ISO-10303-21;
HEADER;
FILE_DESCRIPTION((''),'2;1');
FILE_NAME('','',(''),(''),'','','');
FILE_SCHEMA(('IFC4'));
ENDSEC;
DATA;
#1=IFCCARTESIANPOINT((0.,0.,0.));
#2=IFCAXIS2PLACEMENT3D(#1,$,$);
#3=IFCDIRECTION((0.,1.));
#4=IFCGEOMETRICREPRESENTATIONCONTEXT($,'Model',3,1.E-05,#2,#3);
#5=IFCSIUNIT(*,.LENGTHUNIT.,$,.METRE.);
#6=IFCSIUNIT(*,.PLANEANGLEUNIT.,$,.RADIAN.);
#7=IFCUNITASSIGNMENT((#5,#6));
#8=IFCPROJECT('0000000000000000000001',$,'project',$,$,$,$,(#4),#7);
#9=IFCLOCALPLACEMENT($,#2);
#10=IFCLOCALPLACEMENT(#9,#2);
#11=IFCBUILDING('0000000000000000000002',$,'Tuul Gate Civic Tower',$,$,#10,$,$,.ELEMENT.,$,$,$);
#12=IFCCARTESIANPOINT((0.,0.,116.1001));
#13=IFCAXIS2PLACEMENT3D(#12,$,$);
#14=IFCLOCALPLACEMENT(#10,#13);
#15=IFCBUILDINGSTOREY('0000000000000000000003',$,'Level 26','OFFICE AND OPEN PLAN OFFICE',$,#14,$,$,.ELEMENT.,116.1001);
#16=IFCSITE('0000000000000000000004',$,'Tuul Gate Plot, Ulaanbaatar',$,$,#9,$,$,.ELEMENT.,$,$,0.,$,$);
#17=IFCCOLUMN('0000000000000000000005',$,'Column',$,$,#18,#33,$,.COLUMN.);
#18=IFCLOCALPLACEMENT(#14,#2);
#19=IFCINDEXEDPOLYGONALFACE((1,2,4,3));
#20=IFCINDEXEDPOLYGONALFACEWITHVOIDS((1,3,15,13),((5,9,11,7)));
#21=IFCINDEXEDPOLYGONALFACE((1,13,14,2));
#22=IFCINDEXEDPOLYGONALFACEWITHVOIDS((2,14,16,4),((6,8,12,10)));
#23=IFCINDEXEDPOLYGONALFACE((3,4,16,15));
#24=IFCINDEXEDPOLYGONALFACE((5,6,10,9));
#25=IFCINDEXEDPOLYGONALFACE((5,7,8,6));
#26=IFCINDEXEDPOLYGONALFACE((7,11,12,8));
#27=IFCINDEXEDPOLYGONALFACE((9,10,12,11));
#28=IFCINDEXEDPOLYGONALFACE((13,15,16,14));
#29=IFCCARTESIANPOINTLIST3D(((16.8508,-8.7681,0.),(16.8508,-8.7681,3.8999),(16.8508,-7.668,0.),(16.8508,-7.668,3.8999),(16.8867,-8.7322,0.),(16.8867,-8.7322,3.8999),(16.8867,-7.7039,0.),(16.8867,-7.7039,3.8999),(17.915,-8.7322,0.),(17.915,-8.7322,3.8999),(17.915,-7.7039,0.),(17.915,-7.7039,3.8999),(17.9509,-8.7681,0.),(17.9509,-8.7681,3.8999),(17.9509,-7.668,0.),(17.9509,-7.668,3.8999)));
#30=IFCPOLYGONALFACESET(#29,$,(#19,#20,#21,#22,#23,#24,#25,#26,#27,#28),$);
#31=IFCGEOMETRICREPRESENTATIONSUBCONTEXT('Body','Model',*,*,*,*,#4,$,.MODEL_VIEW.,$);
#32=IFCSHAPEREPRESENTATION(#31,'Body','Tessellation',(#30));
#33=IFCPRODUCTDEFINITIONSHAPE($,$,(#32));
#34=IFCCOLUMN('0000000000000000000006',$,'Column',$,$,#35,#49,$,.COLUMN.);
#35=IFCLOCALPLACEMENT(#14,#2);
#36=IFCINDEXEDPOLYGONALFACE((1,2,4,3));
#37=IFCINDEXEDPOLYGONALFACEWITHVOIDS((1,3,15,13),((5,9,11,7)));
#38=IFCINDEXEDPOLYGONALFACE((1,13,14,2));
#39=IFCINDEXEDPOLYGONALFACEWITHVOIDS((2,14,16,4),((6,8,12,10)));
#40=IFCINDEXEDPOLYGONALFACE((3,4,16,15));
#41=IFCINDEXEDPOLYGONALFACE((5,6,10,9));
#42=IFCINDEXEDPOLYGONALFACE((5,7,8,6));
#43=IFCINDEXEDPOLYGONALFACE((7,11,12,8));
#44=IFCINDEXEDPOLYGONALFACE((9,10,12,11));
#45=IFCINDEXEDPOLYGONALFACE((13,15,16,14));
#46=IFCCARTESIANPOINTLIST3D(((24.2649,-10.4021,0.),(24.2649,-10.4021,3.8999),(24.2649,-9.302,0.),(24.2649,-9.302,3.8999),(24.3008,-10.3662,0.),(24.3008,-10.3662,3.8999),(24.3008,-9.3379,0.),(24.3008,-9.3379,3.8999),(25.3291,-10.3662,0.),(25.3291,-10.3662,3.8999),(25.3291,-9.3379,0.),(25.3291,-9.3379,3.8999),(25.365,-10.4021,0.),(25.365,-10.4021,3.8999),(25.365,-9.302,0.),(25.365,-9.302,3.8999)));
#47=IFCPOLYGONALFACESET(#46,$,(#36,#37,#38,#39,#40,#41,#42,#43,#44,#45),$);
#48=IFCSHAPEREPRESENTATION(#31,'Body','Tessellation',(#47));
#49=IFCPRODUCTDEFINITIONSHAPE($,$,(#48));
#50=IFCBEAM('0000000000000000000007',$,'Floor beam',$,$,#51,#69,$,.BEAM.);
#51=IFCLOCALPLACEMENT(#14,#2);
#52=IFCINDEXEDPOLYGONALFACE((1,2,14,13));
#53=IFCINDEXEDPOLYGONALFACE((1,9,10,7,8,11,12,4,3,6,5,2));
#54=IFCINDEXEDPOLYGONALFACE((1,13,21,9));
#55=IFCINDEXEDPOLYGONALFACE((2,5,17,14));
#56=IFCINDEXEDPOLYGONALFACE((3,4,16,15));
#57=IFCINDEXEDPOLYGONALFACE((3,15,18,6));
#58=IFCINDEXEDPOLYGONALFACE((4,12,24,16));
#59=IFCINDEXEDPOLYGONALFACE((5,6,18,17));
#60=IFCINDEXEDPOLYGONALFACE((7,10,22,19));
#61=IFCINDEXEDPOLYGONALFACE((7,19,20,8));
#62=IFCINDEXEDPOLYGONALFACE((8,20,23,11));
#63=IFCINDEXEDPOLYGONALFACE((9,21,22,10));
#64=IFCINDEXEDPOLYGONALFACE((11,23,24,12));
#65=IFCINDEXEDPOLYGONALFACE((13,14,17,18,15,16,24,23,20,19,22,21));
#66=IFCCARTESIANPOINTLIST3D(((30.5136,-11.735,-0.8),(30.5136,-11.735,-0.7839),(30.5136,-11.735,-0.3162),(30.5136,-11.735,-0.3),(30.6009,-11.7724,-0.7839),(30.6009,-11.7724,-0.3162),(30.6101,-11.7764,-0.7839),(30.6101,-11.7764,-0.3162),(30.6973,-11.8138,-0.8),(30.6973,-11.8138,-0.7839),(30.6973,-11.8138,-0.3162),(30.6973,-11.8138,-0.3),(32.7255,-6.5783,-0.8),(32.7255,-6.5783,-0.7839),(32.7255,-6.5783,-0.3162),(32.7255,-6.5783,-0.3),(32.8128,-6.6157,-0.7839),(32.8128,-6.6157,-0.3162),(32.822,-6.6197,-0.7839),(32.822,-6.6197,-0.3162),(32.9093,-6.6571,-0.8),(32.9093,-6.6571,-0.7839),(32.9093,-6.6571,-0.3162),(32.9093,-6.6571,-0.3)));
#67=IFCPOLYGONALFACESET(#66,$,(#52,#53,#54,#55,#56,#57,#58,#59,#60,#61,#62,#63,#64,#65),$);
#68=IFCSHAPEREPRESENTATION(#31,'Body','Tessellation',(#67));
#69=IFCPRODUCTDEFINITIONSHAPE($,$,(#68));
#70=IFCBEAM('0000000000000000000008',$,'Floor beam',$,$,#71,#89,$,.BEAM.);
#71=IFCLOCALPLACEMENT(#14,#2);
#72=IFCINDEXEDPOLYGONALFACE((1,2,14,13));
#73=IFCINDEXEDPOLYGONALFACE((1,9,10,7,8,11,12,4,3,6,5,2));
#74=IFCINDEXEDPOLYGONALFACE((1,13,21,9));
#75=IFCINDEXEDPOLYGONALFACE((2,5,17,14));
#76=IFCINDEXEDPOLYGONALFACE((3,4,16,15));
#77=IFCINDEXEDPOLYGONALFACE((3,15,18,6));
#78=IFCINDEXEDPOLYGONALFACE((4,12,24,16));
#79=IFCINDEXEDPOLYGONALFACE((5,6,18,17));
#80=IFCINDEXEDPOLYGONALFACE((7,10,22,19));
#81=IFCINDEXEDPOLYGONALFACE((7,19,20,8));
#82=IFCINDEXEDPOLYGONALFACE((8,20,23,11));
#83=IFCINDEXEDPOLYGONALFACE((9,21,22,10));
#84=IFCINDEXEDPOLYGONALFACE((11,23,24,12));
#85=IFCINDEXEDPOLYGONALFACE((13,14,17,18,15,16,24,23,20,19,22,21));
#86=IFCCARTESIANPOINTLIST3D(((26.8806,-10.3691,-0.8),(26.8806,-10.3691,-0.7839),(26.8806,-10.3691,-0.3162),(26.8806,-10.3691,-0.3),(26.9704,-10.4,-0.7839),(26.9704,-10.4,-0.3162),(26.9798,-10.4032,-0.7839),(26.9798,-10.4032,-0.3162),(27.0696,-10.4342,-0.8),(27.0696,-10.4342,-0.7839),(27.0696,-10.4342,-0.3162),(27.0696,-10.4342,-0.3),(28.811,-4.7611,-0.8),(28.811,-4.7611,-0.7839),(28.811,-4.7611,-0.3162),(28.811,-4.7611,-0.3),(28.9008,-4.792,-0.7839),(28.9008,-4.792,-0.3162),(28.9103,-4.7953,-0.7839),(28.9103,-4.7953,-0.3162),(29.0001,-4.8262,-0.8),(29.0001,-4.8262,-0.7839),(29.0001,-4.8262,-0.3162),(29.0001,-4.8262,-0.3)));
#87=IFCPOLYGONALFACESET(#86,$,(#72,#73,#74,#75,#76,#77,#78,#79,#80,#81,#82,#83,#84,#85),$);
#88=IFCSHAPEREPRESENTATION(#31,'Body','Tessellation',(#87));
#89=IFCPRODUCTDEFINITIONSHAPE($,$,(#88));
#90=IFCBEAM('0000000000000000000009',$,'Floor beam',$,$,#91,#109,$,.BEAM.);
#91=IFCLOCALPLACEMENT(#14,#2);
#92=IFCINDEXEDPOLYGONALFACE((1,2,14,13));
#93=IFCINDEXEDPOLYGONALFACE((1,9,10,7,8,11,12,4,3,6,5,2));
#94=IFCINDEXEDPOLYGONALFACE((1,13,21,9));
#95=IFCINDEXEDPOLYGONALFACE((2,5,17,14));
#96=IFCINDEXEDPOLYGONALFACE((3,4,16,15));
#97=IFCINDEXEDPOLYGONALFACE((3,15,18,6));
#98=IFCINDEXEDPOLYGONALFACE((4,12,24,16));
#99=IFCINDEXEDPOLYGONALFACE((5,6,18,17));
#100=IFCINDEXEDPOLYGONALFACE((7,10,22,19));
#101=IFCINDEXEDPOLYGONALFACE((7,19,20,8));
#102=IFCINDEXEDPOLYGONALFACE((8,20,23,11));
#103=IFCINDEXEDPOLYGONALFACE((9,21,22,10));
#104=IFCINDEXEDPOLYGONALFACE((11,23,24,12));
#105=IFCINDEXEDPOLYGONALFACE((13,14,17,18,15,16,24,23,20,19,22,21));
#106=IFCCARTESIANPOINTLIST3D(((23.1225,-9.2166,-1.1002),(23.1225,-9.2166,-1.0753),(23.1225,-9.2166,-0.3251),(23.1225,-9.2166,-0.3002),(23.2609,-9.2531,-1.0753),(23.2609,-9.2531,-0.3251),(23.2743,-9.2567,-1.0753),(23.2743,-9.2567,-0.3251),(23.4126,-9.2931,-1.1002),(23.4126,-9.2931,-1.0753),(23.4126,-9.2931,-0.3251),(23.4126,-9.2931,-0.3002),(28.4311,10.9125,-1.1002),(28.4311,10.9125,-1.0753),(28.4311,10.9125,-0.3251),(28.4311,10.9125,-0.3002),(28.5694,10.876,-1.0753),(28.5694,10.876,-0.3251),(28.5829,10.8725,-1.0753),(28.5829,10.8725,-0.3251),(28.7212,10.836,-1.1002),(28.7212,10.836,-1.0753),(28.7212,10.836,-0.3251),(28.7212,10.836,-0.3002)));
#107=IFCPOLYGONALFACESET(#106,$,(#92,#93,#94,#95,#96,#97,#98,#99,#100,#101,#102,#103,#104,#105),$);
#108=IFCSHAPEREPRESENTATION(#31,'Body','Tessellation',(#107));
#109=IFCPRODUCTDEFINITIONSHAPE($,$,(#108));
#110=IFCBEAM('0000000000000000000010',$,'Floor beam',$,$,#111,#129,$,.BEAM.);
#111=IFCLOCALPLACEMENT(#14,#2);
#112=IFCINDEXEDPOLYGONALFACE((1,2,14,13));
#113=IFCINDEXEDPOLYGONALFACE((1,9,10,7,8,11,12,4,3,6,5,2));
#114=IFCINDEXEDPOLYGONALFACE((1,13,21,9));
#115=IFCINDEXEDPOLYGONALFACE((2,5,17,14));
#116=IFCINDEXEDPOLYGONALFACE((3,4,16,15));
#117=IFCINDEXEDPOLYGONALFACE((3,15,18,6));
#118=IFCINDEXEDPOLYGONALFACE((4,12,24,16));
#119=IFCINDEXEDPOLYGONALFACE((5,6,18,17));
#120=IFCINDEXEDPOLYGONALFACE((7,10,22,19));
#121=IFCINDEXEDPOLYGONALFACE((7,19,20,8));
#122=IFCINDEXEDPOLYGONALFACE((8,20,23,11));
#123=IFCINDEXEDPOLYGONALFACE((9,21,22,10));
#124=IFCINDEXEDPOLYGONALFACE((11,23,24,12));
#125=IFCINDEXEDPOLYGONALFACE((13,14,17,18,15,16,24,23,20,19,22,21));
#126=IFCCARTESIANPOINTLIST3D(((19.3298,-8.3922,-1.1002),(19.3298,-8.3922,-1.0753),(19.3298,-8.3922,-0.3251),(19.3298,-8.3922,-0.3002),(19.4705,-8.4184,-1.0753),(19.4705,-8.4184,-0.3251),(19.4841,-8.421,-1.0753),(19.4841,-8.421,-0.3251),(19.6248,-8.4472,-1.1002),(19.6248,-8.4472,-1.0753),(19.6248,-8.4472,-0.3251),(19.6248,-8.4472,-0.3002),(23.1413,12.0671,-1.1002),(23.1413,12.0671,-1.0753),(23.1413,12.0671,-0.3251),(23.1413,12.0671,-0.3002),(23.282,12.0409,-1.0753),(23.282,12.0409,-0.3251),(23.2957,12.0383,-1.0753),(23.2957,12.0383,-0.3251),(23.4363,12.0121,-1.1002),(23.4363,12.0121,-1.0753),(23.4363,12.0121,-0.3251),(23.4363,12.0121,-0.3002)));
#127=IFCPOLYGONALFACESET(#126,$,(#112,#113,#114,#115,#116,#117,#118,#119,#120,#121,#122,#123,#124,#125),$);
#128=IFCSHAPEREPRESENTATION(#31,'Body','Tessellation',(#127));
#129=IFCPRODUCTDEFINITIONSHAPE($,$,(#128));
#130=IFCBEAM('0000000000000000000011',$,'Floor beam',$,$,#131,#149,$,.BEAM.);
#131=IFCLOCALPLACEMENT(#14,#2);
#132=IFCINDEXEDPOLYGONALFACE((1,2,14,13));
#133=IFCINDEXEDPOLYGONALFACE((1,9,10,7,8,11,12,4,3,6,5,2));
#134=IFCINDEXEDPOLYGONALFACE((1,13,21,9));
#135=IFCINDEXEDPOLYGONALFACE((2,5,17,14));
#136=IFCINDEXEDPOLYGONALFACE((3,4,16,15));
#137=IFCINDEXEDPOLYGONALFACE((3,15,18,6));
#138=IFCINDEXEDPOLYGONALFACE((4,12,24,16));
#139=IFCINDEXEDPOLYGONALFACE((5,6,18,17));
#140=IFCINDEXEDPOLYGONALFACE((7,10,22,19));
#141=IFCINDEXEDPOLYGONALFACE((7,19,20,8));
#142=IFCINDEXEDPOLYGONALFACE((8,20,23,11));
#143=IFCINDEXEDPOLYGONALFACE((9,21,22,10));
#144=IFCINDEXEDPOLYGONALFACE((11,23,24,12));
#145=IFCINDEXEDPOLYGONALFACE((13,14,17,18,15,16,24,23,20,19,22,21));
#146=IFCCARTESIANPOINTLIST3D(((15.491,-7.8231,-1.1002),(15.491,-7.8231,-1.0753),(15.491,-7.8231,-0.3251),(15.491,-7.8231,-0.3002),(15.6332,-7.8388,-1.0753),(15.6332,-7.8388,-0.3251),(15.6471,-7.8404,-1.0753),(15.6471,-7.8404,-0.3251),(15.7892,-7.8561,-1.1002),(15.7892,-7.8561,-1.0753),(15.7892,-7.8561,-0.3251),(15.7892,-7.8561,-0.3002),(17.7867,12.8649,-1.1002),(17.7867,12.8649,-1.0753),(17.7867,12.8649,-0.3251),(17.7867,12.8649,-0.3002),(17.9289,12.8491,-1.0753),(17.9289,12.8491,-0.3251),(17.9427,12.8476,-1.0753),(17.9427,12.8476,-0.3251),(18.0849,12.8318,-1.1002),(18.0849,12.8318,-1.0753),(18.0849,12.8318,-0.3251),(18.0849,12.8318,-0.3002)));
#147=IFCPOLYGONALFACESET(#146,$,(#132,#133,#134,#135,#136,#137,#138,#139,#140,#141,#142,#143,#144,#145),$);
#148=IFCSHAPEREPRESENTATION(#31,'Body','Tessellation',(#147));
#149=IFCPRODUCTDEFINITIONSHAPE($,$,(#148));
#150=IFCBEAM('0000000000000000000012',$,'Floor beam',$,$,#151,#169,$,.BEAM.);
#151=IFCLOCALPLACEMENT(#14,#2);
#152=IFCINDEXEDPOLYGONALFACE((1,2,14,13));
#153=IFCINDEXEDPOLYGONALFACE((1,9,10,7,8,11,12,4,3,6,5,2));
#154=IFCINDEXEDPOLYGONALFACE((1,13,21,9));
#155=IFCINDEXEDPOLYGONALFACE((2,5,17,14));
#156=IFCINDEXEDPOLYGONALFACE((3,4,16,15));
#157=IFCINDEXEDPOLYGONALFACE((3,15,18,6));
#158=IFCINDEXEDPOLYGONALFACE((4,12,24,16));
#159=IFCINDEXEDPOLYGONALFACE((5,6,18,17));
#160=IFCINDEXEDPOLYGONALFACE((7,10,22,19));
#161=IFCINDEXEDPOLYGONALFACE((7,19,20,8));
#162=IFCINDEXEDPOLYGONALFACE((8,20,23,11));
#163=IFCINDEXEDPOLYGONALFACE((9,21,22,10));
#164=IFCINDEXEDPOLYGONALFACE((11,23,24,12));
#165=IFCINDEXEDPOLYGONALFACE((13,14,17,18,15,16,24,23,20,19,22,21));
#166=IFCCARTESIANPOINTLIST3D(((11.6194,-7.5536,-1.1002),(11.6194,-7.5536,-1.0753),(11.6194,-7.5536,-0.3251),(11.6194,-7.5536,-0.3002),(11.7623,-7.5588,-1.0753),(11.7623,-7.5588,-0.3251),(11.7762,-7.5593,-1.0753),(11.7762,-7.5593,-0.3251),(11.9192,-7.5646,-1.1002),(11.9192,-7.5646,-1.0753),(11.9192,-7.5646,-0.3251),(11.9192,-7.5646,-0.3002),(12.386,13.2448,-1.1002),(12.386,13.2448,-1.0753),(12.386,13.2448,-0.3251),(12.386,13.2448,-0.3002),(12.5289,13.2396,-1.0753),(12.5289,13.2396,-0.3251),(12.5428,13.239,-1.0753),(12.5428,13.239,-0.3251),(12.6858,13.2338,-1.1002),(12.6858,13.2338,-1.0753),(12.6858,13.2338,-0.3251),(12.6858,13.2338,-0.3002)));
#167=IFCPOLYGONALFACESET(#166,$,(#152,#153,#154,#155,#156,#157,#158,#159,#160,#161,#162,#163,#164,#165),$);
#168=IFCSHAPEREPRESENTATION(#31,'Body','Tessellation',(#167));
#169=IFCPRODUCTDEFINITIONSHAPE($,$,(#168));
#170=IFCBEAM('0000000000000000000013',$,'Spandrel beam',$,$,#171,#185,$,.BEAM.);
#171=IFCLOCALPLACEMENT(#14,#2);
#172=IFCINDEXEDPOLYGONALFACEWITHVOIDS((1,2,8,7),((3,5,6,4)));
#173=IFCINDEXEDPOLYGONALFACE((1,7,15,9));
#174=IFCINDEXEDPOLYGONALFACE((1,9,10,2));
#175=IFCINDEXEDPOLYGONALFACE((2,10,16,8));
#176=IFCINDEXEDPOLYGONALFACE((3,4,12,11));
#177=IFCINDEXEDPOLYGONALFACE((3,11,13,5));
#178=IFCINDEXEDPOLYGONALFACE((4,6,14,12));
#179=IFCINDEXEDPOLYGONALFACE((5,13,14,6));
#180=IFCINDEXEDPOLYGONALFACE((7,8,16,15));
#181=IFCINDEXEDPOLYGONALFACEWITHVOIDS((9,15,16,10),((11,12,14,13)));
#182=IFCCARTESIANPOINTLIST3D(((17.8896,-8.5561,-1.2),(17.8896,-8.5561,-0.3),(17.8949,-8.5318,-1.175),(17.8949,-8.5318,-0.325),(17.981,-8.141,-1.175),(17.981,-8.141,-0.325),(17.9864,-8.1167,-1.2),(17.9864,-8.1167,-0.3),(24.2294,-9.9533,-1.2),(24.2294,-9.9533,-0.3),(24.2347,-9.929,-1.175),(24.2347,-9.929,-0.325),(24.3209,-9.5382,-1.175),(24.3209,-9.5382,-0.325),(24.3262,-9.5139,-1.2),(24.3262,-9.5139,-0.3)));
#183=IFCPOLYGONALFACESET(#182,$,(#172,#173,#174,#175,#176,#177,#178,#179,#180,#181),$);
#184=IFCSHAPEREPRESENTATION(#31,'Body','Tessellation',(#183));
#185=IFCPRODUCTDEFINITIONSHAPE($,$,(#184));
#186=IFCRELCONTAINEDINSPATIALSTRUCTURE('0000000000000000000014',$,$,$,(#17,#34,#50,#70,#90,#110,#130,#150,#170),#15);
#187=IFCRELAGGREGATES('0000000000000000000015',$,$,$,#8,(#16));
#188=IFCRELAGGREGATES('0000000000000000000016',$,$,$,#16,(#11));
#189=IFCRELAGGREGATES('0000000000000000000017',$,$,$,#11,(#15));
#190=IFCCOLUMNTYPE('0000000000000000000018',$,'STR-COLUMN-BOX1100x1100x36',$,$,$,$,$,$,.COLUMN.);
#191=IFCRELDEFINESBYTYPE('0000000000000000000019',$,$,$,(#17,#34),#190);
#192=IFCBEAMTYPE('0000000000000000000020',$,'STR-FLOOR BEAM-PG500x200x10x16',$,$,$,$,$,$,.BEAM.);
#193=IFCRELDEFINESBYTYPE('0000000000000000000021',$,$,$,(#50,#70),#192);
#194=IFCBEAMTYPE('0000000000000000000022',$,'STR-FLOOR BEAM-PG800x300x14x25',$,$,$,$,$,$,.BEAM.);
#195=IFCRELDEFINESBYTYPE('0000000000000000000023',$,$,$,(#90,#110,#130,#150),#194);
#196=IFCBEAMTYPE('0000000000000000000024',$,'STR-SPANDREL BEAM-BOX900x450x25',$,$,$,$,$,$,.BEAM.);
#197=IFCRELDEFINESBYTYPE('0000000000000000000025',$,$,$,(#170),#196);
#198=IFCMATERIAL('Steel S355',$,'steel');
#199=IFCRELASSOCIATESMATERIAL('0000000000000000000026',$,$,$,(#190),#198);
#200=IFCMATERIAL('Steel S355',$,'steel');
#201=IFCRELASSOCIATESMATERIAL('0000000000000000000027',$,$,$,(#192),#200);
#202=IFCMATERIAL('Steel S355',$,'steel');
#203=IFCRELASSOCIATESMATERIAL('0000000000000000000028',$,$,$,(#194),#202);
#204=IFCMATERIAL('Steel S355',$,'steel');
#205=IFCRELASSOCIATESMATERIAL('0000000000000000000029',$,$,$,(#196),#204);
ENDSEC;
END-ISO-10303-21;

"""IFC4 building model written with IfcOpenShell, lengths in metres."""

from ifc_helpers import new_model, si_unit, direction, frame, origin, origin_2d, place, context, subcontext, project, spatial, hollow_rectangle, i_section, extrude, material, material_profile, profile_set, type_object, element, save


model = new_model("IFC4")

# Units and contexts
model_context = context("Model", 3, precision=1e-05, world=origin(), true_north=direction((0.0, 1.0)))
body_context = subcontext(model_context, "Body", "Model", "MODEL_VIEW")
ifc_project = project(units=[si_unit("LENGTHUNIT", "METRE"), si_unit("PLANEANGLEUNIT", "RADIAN")], contexts=[model_context])

# Site, building, storey
site_placement = place(None, origin())
site = spatial("IfcSite", under=ifc_project, at=site_placement, Name="Tuul Gate Plot, Ulaanbaatar", CompositionType="ELEMENT", RefElevation=0.0)
building_placement = place(site_placement, origin())
building = spatial("IfcBuilding", under=site, at=building_placement, Name="Tuul Gate Civic Tower", CompositionType="ELEMENT")
storey_placement = place(building_placement, frame((0.0, 0.0, 116.1001)))
storey = spatial("IfcBuildingStorey", under=building, at=storey_placement, Name="Level 26", Description="OFFICE AND OPEN PLAN OFFICE", CompositionType="ELEMENT", Elevation=116.1001)

# Columns
ifc_material_1 = material(Name="Steel S355", Category="steel")
ifc_material_profile_1 = material_profile(ifc_material_1, hollow_rectangle(XDim=1.1001, YDim=1.1001, WallThickness=0.0359, at=origin_2d()), Name="BOX1100x1100x36")
ifc_profile_set_1 = profile_set([ifc_material_profile_1], Name="Steel S355")
column_type = type_object("IfcColumnType", Name="STR-COLUMN-BOX1100x1100x36", PredefinedType="COLUMN", material=ifc_profile_set_1)
for number, where, z_axis, x_axis, name in (
    (1, (17.4009, -8.218, 0.0), (0.0, 0.0, 1.0), (1.0, 0.0, 0.0), "Column"),
    (2, (24.8149, -9.8521, 0.0), (0.0, 0.0, 1.0), (1.0, 0.0, 0.0), "Column"),
):
    element("IfcColumn", number, at=place(storey_placement, frame(where, z_axis=z_axis, x_axis=x_axis)), inside=storey, type_object=column_type, Name=name, PredefinedType="COLUMN", context=body_context, shape_type="SweptSolid", body=[
        extrude(hollow_rectangle(XDim=1.1001, YDim=1.1001, WallThickness=0.0359, at=origin_2d()), origin(), (0.0, 0.0, 1.0), 3.8999),
    ])

# Beams
ifc_material_2 = material(Name="Steel S355", Category="steel")
ifc_material_profile_2 = material_profile(ifc_material_2, i_section(OverallWidth=0.2, OverallDepth=0.5, WebThickness=0.01, FlangeThickness=0.0161, at=origin_2d()), Name="PG500x200x10x16")
ifc_profile_set_2 = profile_set([ifc_material_profile_2], Name="Steel S355")
beam_type_1 = type_object("IfcBeamType", Name="STR-FLOOR BEAM-PG500x200x10x16", PredefinedType="BEAM", material=ifc_profile_set_2)
beam_1_placement = place(storey_placement, frame((30.6055, -11.7744, -0.55), z_axis=(0.394203, 0.919023, 0.0), x_axis=(-0.919023, 0.394203, 0.0)))
element("IfcBeam", 3, at=beam_1_placement, inside=storey, type_object=beam_type_1, Name="Floor beam", PredefinedType="BEAM", context=body_context, shape_type="SweptSolid", body=[
    extrude(i_section(OverallWidth=0.2, OverallDepth=0.5, WebThickness=0.01, FlangeThickness=0.0161, at=origin_2d()), origin(), (0.0, 0.0, 1.0), 5.6111),
])
beam_2_placement = place(storey_placement, frame((26.9751, -10.4016, -0.55), z_axis=(0.325487, 0.945547, 0.0), x_axis=(-0.945547, 0.325487, 0.0)))
element("IfcBeam", 4, at=beam_2_placement, inside=storey, type_object=beam_type_1, Name="Floor beam", PredefinedType="BEAM", context=body_context, shape_type="SweptSolid", body=[
    extrude(i_section(OverallWidth=0.2, OverallDepth=0.5, WebThickness=0.01, FlangeThickness=0.0161, at=origin_2d()), origin(), (0.0, 0.0, 1.0), 5.9309),
])
ifc_material_3 = material(Name="Steel S355", Category="steel")
ifc_material_profile_3 = material_profile(ifc_material_3, i_section(OverallWidth=0.3, OverallDepth=0.8, WebThickness=0.0139, FlangeThickness=0.0249, at=origin_2d()), Name="PG800x300x14x25")
ifc_profile_set_3 = profile_set([ifc_material_profile_3], Name="Steel S355")
beam_type_2 = type_object("IfcBeamType", Name="STR-FLOOR BEAM-PG800x300x14x25", PredefinedType="BEAM", material=ifc_profile_set_3)
beam_3_placement = place(storey_placement, frame((23.2676, -9.2549, -0.7002), z_axis=(0.255008, 0.966939, 0.0), x_axis=(-0.966939, 0.255008, 0.0)))
element("IfcBeam", 5, at=beam_3_placement, inside=storey, type_object=beam_type_2, Name="Floor beam", PredefinedType="BEAM", context=body_context, shape_type="SweptSolid", body=[
    extrude(i_section(OverallWidth=0.3, OverallDepth=0.8, WebThickness=0.0139, FlangeThickness=0.0249, at=origin_2d()), origin(), (0.0, 0.0, 1.0), 20.8174),
])
beam_4_placement = place(storey_placement, frame((19.4773, -8.4197, -0.7002), z_axis=(0.183147, 0.983085, 0.0), x_axis=(-0.983085, 0.183147, 0.0)))
element("IfcBeam", 6, at=beam_4_placement, inside=storey, type_object=beam_type_2, Name="Floor beam", PredefinedType="BEAM", context=body_context, shape_type="SweptSolid", body=[
    extrude(i_section(OverallWidth=0.3, OverallDepth=0.8, WebThickness=0.0139, FlangeThickness=0.0249, at=origin_2d()), origin(), (0.0, 0.0, 1.0), 20.8113),
])
beam_5_placement = place(storey_placement, frame((15.6401, -7.8396, -0.7002), z_axis=(0.110289, 0.9939, 0.0), x_axis=(-0.9939, 0.110289, 0.0)))
element("IfcBeam", 7, at=beam_5_placement, inside=storey, type_object=beam_type_2, Name="Floor beam", PredefinedType="BEAM", context=body_context, shape_type="SweptSolid", body=[
    extrude(i_section(OverallWidth=0.3, OverallDepth=0.8, WebThickness=0.0139, FlangeThickness=0.0249, at=origin_2d()), origin(), (0.0, 0.0, 1.0), 20.8149),
])
beam_6_placement = place(storey_placement, frame((11.7693, -7.5591, -0.7002), z_axis=(0.036834, 0.999321, 0.0), x_axis=(-0.999321, 0.036834, 0.0)))
element("IfcBeam", 8, at=beam_6_placement, inside=storey, type_object=beam_type_2, Name="Floor beam", PredefinedType="BEAM", context=body_context, shape_type="SweptSolid", body=[
    extrude(i_section(OverallWidth=0.3, OverallDepth=0.8, WebThickness=0.0139, FlangeThickness=0.0249, at=origin_2d()), origin(), (0.0, 0.0, 1.0), 20.8125),
])
ifc_material_4 = material(Name="Steel S355", Category="steel")
ifc_material_profile_4 = material_profile(ifc_material_4, hollow_rectangle(XDim=0.45, YDim=0.8999, WallThickness=0.0249, at=origin_2d()), Name="BOX900x450x25")
ifc_profile_set_4 = profile_set([ifc_material_profile_4], Name="Steel S355")
beam_type_3 = type_object("IfcBeamType", Name="STR-SPANDREL BEAM-BOX900x450x25", PredefinedType="BEAM", material=ifc_profile_set_4)
beam_7_placement = place(storey_placement, frame((17.938, -8.3364, -0.75), z_axis=(0.976565, -0.215222, 0.0), x_axis=(0.215222, 0.976565, 0.0)))
element("IfcBeam", 9, at=beam_7_placement, inside=storey, type_object=beam_type_3, Name="Spandrel beam", PredefinedType="BEAM", context=body_context, shape_type="SweptSolid", body=[
    extrude(hollow_rectangle(XDim=0.45, YDim=0.8999, WallThickness=0.0249, at=origin_2d()), origin(), (0.0, 0.0, 1.0), 6.4919),
])

save(model, "model.ifc")
